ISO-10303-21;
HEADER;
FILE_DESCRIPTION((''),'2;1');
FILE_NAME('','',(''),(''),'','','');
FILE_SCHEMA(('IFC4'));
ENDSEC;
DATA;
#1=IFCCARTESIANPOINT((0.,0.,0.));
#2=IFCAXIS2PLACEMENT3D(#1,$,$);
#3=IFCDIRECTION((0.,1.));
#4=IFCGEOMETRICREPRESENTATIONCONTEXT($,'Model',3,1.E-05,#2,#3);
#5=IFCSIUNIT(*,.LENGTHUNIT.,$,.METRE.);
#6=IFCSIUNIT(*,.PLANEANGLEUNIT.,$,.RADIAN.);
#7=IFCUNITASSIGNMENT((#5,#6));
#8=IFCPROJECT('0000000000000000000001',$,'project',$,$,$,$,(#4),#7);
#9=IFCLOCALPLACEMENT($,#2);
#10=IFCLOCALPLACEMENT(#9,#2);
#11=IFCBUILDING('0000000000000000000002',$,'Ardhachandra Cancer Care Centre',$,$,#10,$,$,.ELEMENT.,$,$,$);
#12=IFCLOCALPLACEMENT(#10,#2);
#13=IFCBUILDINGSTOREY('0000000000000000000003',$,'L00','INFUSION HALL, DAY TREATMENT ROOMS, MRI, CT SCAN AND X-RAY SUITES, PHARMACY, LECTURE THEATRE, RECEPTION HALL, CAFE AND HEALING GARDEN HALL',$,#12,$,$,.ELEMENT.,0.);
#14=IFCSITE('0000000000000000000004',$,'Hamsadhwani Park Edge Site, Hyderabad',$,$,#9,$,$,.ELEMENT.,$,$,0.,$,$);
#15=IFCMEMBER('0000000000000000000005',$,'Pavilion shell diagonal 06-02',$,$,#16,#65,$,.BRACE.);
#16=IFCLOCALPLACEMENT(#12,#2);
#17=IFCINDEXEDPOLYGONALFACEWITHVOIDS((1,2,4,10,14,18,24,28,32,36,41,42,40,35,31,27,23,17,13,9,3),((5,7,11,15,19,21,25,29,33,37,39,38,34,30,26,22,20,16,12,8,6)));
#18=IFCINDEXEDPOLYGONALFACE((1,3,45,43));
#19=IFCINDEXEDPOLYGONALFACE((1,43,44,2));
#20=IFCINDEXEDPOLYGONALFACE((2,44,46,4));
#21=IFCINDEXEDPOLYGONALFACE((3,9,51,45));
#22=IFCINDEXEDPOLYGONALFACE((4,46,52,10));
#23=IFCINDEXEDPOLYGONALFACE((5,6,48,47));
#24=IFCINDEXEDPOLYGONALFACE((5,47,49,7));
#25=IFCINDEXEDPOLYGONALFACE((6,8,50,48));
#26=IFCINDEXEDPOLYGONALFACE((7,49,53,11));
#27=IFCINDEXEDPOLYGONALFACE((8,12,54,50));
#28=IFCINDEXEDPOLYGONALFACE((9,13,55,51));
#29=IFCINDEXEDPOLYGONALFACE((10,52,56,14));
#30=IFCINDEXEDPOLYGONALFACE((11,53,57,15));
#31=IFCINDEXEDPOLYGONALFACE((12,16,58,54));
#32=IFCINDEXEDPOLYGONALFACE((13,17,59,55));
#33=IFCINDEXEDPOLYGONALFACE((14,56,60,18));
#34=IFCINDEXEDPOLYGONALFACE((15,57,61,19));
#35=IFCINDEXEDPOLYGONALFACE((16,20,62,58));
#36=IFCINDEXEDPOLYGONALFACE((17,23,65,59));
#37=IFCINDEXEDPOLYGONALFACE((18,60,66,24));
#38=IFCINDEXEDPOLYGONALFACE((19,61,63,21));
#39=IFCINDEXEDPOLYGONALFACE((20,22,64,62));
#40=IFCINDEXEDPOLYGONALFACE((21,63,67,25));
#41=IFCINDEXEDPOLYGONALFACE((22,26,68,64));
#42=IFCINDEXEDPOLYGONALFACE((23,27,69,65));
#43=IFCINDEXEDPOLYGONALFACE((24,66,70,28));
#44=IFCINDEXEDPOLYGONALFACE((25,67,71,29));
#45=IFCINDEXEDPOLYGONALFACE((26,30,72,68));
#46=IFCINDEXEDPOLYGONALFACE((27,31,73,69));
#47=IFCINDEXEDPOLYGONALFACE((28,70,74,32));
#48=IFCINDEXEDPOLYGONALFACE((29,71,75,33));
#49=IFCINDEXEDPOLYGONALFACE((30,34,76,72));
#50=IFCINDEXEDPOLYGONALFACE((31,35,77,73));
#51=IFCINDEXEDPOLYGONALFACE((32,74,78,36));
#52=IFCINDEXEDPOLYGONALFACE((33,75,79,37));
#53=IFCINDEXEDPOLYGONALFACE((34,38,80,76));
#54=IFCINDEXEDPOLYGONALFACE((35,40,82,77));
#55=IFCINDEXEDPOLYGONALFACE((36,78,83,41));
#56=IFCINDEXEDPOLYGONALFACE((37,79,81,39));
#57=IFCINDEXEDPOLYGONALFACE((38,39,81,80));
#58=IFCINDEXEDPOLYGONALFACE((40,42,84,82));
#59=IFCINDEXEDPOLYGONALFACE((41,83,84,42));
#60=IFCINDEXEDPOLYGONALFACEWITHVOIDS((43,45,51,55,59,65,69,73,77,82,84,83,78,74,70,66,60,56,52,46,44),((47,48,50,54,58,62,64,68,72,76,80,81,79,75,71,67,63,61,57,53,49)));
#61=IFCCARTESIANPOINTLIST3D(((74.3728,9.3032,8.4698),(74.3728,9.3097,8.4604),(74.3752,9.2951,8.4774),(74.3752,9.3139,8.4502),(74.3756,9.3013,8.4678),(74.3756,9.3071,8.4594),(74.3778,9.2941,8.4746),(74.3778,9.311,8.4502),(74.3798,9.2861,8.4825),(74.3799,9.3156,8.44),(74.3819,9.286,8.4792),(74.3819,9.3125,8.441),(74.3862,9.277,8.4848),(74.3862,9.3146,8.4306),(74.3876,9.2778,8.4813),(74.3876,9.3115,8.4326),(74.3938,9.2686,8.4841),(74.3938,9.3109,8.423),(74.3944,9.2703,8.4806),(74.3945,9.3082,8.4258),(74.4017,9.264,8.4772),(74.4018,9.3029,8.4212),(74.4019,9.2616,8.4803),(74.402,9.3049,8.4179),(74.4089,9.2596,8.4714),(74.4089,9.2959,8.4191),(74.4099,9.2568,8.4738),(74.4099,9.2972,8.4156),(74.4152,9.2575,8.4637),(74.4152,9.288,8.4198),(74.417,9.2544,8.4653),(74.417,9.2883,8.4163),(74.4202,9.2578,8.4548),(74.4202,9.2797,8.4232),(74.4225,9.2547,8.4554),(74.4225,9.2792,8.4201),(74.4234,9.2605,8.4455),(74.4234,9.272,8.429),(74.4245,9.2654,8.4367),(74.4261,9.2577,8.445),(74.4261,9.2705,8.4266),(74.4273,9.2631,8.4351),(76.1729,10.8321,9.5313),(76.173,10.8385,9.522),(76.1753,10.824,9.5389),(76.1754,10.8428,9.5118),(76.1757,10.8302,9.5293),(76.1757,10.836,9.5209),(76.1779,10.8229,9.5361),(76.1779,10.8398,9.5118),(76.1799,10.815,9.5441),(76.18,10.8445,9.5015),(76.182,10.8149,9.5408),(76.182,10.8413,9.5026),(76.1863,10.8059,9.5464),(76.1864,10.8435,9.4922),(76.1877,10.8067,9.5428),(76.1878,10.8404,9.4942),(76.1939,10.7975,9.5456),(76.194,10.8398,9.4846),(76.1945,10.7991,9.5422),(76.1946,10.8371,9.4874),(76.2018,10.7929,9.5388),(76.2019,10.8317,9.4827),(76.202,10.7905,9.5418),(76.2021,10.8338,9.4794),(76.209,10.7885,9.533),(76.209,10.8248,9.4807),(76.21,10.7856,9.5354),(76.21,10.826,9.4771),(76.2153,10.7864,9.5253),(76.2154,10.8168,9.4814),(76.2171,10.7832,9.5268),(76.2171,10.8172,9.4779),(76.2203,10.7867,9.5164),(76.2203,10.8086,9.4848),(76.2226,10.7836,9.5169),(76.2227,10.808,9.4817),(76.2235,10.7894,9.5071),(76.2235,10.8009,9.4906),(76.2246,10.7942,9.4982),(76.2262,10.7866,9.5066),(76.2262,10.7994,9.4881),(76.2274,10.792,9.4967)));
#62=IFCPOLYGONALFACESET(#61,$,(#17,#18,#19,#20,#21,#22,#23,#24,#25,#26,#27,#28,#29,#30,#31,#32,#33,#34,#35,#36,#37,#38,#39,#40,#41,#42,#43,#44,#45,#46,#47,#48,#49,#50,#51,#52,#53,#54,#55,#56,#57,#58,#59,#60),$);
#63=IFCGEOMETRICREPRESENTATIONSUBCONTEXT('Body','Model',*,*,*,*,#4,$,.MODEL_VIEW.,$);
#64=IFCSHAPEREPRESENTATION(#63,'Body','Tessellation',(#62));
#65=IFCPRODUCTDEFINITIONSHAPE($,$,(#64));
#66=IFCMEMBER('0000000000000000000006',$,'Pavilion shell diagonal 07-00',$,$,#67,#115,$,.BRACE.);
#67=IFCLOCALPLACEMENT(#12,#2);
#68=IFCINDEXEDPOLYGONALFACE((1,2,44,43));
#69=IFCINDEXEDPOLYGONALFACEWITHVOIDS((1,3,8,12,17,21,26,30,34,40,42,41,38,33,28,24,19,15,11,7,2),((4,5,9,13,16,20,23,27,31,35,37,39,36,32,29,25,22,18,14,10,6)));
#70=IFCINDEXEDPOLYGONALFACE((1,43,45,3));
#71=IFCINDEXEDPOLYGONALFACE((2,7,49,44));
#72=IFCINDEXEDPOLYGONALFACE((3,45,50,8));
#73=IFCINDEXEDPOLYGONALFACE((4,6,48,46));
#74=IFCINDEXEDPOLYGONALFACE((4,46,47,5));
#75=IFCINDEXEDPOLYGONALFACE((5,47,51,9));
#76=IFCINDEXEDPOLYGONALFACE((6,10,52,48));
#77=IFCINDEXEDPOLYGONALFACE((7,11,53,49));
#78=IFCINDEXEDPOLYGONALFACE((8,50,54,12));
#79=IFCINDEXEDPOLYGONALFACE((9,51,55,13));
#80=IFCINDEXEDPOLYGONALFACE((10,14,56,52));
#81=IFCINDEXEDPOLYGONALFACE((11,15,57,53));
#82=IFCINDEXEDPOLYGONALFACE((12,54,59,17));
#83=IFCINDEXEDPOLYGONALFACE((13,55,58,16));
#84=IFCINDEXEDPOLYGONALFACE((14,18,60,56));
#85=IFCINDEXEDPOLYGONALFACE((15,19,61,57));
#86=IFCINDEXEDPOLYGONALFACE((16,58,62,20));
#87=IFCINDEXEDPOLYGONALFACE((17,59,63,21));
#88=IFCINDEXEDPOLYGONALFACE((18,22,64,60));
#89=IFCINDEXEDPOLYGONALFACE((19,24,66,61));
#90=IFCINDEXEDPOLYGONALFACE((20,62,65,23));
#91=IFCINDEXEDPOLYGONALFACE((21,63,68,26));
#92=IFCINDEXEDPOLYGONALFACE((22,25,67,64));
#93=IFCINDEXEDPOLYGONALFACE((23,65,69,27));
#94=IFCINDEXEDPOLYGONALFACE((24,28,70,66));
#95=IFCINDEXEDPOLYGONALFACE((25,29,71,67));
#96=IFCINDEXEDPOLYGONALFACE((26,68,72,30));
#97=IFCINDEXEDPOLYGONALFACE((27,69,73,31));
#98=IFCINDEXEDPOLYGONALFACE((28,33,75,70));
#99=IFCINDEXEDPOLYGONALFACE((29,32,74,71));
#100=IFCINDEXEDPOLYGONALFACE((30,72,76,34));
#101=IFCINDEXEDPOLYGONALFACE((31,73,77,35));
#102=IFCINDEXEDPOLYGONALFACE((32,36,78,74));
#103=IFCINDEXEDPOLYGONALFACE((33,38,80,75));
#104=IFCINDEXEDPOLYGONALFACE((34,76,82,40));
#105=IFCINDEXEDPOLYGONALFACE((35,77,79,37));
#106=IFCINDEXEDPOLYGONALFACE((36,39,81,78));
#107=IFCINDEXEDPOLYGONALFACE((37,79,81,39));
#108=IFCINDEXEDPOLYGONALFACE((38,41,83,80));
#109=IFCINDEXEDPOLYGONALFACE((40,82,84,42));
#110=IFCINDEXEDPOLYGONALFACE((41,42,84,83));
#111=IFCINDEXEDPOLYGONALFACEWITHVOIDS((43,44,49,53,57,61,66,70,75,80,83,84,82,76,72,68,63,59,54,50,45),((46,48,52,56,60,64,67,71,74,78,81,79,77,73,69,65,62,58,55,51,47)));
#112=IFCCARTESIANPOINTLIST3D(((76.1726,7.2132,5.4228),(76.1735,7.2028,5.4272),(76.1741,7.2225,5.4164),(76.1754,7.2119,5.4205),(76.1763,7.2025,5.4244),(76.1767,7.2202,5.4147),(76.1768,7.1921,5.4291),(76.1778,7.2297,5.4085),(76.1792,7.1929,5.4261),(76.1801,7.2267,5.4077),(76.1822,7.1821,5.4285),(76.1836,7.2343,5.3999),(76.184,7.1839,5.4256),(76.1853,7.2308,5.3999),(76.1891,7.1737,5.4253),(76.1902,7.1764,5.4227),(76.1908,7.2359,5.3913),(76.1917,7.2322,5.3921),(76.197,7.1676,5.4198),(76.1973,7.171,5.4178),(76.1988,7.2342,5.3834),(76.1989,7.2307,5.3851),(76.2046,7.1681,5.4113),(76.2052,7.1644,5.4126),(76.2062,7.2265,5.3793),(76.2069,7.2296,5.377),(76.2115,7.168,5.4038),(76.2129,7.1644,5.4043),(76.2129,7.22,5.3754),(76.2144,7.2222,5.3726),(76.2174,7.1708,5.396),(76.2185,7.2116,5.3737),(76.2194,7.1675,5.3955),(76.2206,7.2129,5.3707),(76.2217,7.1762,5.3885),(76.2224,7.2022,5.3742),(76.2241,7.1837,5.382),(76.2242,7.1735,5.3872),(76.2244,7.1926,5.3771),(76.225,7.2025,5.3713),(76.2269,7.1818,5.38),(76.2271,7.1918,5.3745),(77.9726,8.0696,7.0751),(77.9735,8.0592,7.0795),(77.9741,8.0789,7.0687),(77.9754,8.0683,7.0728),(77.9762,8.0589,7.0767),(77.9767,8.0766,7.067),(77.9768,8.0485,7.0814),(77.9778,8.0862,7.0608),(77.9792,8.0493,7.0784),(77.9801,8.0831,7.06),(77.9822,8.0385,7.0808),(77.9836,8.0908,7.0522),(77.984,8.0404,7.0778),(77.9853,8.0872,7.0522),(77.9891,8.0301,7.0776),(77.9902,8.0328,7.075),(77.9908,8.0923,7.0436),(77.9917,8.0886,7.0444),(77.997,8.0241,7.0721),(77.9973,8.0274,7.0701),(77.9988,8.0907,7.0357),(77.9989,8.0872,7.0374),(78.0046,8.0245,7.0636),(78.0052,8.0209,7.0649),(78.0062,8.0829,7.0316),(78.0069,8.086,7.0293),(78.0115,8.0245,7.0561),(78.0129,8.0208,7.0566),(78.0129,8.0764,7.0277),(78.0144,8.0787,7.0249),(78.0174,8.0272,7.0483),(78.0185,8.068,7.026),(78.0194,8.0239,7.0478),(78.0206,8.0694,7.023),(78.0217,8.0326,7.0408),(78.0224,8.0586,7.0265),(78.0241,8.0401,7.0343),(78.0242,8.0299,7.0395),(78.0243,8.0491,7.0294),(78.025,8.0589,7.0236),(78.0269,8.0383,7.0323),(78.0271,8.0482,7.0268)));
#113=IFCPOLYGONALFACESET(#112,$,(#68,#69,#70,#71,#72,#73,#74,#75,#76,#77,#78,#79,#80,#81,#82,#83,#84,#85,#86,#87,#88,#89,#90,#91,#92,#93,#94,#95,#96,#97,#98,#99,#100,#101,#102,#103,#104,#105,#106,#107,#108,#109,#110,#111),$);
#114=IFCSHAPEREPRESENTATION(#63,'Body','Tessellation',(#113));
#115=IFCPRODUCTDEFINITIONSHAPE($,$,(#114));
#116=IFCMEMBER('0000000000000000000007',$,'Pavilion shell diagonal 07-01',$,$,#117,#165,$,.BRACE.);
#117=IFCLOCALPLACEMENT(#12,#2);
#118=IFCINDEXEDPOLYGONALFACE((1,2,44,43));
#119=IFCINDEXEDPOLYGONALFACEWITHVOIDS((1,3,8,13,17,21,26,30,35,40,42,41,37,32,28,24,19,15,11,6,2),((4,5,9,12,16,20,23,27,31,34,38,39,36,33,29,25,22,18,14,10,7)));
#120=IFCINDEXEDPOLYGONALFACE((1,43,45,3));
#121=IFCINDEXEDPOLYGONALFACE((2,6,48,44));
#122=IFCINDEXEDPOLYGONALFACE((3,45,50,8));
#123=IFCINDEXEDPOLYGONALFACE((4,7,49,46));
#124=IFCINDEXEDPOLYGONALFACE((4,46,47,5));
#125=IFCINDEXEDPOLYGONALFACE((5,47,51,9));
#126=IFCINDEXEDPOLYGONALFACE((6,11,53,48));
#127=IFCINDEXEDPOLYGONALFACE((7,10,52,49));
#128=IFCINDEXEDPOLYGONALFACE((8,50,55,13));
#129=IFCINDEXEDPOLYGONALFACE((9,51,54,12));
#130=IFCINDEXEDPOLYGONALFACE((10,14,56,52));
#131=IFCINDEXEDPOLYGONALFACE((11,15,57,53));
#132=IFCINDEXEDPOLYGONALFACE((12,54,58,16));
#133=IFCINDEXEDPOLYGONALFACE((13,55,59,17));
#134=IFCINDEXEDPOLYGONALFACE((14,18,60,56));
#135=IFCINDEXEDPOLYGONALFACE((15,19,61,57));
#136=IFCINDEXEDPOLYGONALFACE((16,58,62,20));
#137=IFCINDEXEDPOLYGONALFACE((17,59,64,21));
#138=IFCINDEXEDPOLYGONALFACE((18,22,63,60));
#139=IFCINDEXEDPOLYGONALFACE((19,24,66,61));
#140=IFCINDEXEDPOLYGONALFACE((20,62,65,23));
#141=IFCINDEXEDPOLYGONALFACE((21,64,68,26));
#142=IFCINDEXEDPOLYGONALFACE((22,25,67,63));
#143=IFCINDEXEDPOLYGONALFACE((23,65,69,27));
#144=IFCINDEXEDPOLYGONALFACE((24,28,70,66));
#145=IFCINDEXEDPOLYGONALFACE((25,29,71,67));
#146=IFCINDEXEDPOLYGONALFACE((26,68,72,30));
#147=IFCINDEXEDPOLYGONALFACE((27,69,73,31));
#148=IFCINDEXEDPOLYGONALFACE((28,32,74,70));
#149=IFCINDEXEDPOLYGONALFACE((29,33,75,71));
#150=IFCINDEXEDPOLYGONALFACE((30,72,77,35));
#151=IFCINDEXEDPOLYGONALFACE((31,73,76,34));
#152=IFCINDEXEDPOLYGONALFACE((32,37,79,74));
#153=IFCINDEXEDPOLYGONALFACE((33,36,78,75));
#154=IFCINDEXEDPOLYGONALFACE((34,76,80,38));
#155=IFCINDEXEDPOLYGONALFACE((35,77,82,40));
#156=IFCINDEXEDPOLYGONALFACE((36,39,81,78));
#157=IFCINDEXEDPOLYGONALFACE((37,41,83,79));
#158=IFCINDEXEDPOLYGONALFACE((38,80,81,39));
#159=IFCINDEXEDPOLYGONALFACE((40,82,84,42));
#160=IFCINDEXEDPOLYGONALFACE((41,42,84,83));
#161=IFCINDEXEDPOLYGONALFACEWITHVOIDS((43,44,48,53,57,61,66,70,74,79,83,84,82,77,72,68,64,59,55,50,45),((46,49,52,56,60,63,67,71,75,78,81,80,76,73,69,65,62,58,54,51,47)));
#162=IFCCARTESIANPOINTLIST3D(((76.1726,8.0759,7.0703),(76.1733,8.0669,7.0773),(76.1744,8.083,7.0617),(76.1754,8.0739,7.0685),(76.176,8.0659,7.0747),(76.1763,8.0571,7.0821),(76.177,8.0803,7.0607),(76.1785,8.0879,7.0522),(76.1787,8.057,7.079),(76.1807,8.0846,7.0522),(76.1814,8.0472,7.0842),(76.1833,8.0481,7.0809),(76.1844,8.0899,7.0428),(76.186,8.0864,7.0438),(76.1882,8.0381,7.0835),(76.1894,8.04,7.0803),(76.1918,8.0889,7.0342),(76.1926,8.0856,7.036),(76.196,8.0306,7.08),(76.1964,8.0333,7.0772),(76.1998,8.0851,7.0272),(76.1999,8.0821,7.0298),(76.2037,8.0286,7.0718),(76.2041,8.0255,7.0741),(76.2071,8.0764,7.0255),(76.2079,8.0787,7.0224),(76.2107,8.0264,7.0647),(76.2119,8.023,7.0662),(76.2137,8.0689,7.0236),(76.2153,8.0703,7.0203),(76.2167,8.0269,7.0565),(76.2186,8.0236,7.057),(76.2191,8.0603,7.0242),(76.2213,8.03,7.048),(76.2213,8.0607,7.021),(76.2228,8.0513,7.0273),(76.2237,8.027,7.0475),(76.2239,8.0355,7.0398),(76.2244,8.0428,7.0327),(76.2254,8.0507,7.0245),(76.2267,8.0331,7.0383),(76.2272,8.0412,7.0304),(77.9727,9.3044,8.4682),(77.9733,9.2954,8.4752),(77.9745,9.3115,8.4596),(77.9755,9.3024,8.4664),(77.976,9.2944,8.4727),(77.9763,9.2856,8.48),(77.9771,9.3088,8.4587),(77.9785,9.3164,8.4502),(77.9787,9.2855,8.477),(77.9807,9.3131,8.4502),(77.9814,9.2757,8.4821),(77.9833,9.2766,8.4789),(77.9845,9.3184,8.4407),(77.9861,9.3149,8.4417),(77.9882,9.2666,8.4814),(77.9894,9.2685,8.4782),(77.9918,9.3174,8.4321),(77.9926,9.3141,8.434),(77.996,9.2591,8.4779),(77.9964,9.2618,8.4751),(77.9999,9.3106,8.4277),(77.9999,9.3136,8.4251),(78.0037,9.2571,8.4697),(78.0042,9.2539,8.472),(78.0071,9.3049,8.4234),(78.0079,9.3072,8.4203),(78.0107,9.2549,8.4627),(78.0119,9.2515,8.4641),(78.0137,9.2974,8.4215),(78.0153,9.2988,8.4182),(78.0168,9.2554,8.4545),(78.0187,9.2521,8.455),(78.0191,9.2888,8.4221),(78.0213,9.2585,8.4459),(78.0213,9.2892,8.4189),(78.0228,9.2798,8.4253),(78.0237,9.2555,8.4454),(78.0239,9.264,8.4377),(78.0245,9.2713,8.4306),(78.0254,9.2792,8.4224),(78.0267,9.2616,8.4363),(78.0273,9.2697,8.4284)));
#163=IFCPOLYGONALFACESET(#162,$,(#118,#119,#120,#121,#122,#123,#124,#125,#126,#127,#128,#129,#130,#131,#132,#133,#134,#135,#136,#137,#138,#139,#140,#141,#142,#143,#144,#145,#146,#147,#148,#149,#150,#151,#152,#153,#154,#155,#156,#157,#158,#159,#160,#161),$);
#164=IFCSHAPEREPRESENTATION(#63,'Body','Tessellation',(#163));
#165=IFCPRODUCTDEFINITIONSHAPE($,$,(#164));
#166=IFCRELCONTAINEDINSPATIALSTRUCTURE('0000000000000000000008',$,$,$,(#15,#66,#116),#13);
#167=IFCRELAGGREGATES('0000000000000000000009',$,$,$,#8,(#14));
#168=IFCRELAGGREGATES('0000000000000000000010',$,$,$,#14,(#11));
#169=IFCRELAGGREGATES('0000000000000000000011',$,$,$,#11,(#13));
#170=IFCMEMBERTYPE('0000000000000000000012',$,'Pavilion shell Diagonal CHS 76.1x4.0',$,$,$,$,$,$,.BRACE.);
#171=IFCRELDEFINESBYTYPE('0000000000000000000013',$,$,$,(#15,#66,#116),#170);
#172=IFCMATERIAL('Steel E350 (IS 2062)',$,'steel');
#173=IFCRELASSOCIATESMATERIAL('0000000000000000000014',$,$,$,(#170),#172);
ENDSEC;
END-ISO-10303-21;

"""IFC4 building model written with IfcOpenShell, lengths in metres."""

from ifc_helpers import new_model, si_unit, direction, frame, origin, origin_2d, place, context, subcontext, project, spatial, hollow_circle, extrude, material, material_profile, profile_set, type_object, element, save


model = new_model("IFC4")

# Units and contexts
model_context = context("Model", 3, precision=1e-05, world=origin(), true_north=direction((0.0, 1.0)))
body_context = subcontext(model_context, "Body", "Model", "MODEL_VIEW")
ifc_project = project(units=[si_unit("LENGTHUNIT", "METRE"), si_unit("PLANEANGLEUNIT", "RADIAN")], contexts=[model_context])

# Site, building, storey
site_placement = place(None, origin())
site = spatial("IfcSite", under=ifc_project, at=site_placement, Name="Hamsadhwani Park Edge Site, Hyderabad", CompositionType="ELEMENT", RefElevation=0.0)
building_placement = place(site_placement, origin())
building = spatial("IfcBuilding", under=site, at=building_placement, Name="Ardhachandra Cancer Care Centre", CompositionType="ELEMENT")
storey_placement = place(building_placement, origin())
storey = spatial("IfcBuildingStorey", under=building, at=storey_placement, Name="L00", Description="INFUSION HALL, DAY TREATMENT ROOMS, MRI, CT SCAN AND X-RAY SUITES, PHARMACY, LECTURE THEATRE, RECEPTION HALL, CAFE AND HEALING GARDEN HALL", CompositionType="ELEMENT", Elevation=0.0)

# Members
ifc_material_1 = material(Name="Steel E350 (IS 2062)", Category="steel")
ifc_material_profile_1 = material_profile(ifc_material_1, hollow_circle(Radius=0.0381, WallThickness=0.0039, at=origin_2d()), Name="CHS 76.1x4.0")
ifc_profile_set_1 = profile_set([ifc_material_profile_1], Name="Steel E350 (IS 2062)")
member_type_1 = type_object("IfcMemberType", Name="Pavilion shell Diagonal CHS 76.1x4.0", PredefinedType="BRACE", material=ifc_profile_set_1)
member_1_placement = place(storey_placement, frame((74.3999, 9.2849, 8.4502), z_axis=(0.695198, 0.590442, 0.409972), x_axis=(-0.647345, 0.762197, 0.0)))
element("IfcMember", 1, at=member_1_placement, inside=storey, type_object=member_type_1, Name="Pavilion shell diagonal 06-02", PredefinedType="BRACE", context=body_context, shape_type="SweptSolid", body=[
    extrude(hollow_circle(Radius=0.0381, WallThickness=0.0039, at=origin_2d()), origin(), (0.0, 0.0, 1.0), 2.5894),
])
for number, where, z_axis, x_axis, name in (
    (2, (76.2, 7.2, 5.3999), (0.695216, 0.330777, 0.63817), (-0.429639, 0.903001, 0.0), "Pavilion shell diagonal 07-00"),
    (3, (76.2, 8.0564, 7.0522), (0.695228, 0.474486, 0.539926), (-0.563716, 0.825969, 0.0), "Pavilion shell diagonal 07-01"),
):
    element("IfcMember", number, at=place(storey_placement, frame(where, z_axis=z_axis, x_axis=x_axis)), inside=storey, type_object=member_type_1, Name=name, PredefinedType="BRACE", context=body_context, shape_type="SweptSolid", body=[
        extrude(hollow_circle(Radius=0.0381, WallThickness=0.0039, at=origin_2d()), origin(), (0.0, 0.0, 1.0), 2.5891),
    ])

save(model, "model.ifc")
